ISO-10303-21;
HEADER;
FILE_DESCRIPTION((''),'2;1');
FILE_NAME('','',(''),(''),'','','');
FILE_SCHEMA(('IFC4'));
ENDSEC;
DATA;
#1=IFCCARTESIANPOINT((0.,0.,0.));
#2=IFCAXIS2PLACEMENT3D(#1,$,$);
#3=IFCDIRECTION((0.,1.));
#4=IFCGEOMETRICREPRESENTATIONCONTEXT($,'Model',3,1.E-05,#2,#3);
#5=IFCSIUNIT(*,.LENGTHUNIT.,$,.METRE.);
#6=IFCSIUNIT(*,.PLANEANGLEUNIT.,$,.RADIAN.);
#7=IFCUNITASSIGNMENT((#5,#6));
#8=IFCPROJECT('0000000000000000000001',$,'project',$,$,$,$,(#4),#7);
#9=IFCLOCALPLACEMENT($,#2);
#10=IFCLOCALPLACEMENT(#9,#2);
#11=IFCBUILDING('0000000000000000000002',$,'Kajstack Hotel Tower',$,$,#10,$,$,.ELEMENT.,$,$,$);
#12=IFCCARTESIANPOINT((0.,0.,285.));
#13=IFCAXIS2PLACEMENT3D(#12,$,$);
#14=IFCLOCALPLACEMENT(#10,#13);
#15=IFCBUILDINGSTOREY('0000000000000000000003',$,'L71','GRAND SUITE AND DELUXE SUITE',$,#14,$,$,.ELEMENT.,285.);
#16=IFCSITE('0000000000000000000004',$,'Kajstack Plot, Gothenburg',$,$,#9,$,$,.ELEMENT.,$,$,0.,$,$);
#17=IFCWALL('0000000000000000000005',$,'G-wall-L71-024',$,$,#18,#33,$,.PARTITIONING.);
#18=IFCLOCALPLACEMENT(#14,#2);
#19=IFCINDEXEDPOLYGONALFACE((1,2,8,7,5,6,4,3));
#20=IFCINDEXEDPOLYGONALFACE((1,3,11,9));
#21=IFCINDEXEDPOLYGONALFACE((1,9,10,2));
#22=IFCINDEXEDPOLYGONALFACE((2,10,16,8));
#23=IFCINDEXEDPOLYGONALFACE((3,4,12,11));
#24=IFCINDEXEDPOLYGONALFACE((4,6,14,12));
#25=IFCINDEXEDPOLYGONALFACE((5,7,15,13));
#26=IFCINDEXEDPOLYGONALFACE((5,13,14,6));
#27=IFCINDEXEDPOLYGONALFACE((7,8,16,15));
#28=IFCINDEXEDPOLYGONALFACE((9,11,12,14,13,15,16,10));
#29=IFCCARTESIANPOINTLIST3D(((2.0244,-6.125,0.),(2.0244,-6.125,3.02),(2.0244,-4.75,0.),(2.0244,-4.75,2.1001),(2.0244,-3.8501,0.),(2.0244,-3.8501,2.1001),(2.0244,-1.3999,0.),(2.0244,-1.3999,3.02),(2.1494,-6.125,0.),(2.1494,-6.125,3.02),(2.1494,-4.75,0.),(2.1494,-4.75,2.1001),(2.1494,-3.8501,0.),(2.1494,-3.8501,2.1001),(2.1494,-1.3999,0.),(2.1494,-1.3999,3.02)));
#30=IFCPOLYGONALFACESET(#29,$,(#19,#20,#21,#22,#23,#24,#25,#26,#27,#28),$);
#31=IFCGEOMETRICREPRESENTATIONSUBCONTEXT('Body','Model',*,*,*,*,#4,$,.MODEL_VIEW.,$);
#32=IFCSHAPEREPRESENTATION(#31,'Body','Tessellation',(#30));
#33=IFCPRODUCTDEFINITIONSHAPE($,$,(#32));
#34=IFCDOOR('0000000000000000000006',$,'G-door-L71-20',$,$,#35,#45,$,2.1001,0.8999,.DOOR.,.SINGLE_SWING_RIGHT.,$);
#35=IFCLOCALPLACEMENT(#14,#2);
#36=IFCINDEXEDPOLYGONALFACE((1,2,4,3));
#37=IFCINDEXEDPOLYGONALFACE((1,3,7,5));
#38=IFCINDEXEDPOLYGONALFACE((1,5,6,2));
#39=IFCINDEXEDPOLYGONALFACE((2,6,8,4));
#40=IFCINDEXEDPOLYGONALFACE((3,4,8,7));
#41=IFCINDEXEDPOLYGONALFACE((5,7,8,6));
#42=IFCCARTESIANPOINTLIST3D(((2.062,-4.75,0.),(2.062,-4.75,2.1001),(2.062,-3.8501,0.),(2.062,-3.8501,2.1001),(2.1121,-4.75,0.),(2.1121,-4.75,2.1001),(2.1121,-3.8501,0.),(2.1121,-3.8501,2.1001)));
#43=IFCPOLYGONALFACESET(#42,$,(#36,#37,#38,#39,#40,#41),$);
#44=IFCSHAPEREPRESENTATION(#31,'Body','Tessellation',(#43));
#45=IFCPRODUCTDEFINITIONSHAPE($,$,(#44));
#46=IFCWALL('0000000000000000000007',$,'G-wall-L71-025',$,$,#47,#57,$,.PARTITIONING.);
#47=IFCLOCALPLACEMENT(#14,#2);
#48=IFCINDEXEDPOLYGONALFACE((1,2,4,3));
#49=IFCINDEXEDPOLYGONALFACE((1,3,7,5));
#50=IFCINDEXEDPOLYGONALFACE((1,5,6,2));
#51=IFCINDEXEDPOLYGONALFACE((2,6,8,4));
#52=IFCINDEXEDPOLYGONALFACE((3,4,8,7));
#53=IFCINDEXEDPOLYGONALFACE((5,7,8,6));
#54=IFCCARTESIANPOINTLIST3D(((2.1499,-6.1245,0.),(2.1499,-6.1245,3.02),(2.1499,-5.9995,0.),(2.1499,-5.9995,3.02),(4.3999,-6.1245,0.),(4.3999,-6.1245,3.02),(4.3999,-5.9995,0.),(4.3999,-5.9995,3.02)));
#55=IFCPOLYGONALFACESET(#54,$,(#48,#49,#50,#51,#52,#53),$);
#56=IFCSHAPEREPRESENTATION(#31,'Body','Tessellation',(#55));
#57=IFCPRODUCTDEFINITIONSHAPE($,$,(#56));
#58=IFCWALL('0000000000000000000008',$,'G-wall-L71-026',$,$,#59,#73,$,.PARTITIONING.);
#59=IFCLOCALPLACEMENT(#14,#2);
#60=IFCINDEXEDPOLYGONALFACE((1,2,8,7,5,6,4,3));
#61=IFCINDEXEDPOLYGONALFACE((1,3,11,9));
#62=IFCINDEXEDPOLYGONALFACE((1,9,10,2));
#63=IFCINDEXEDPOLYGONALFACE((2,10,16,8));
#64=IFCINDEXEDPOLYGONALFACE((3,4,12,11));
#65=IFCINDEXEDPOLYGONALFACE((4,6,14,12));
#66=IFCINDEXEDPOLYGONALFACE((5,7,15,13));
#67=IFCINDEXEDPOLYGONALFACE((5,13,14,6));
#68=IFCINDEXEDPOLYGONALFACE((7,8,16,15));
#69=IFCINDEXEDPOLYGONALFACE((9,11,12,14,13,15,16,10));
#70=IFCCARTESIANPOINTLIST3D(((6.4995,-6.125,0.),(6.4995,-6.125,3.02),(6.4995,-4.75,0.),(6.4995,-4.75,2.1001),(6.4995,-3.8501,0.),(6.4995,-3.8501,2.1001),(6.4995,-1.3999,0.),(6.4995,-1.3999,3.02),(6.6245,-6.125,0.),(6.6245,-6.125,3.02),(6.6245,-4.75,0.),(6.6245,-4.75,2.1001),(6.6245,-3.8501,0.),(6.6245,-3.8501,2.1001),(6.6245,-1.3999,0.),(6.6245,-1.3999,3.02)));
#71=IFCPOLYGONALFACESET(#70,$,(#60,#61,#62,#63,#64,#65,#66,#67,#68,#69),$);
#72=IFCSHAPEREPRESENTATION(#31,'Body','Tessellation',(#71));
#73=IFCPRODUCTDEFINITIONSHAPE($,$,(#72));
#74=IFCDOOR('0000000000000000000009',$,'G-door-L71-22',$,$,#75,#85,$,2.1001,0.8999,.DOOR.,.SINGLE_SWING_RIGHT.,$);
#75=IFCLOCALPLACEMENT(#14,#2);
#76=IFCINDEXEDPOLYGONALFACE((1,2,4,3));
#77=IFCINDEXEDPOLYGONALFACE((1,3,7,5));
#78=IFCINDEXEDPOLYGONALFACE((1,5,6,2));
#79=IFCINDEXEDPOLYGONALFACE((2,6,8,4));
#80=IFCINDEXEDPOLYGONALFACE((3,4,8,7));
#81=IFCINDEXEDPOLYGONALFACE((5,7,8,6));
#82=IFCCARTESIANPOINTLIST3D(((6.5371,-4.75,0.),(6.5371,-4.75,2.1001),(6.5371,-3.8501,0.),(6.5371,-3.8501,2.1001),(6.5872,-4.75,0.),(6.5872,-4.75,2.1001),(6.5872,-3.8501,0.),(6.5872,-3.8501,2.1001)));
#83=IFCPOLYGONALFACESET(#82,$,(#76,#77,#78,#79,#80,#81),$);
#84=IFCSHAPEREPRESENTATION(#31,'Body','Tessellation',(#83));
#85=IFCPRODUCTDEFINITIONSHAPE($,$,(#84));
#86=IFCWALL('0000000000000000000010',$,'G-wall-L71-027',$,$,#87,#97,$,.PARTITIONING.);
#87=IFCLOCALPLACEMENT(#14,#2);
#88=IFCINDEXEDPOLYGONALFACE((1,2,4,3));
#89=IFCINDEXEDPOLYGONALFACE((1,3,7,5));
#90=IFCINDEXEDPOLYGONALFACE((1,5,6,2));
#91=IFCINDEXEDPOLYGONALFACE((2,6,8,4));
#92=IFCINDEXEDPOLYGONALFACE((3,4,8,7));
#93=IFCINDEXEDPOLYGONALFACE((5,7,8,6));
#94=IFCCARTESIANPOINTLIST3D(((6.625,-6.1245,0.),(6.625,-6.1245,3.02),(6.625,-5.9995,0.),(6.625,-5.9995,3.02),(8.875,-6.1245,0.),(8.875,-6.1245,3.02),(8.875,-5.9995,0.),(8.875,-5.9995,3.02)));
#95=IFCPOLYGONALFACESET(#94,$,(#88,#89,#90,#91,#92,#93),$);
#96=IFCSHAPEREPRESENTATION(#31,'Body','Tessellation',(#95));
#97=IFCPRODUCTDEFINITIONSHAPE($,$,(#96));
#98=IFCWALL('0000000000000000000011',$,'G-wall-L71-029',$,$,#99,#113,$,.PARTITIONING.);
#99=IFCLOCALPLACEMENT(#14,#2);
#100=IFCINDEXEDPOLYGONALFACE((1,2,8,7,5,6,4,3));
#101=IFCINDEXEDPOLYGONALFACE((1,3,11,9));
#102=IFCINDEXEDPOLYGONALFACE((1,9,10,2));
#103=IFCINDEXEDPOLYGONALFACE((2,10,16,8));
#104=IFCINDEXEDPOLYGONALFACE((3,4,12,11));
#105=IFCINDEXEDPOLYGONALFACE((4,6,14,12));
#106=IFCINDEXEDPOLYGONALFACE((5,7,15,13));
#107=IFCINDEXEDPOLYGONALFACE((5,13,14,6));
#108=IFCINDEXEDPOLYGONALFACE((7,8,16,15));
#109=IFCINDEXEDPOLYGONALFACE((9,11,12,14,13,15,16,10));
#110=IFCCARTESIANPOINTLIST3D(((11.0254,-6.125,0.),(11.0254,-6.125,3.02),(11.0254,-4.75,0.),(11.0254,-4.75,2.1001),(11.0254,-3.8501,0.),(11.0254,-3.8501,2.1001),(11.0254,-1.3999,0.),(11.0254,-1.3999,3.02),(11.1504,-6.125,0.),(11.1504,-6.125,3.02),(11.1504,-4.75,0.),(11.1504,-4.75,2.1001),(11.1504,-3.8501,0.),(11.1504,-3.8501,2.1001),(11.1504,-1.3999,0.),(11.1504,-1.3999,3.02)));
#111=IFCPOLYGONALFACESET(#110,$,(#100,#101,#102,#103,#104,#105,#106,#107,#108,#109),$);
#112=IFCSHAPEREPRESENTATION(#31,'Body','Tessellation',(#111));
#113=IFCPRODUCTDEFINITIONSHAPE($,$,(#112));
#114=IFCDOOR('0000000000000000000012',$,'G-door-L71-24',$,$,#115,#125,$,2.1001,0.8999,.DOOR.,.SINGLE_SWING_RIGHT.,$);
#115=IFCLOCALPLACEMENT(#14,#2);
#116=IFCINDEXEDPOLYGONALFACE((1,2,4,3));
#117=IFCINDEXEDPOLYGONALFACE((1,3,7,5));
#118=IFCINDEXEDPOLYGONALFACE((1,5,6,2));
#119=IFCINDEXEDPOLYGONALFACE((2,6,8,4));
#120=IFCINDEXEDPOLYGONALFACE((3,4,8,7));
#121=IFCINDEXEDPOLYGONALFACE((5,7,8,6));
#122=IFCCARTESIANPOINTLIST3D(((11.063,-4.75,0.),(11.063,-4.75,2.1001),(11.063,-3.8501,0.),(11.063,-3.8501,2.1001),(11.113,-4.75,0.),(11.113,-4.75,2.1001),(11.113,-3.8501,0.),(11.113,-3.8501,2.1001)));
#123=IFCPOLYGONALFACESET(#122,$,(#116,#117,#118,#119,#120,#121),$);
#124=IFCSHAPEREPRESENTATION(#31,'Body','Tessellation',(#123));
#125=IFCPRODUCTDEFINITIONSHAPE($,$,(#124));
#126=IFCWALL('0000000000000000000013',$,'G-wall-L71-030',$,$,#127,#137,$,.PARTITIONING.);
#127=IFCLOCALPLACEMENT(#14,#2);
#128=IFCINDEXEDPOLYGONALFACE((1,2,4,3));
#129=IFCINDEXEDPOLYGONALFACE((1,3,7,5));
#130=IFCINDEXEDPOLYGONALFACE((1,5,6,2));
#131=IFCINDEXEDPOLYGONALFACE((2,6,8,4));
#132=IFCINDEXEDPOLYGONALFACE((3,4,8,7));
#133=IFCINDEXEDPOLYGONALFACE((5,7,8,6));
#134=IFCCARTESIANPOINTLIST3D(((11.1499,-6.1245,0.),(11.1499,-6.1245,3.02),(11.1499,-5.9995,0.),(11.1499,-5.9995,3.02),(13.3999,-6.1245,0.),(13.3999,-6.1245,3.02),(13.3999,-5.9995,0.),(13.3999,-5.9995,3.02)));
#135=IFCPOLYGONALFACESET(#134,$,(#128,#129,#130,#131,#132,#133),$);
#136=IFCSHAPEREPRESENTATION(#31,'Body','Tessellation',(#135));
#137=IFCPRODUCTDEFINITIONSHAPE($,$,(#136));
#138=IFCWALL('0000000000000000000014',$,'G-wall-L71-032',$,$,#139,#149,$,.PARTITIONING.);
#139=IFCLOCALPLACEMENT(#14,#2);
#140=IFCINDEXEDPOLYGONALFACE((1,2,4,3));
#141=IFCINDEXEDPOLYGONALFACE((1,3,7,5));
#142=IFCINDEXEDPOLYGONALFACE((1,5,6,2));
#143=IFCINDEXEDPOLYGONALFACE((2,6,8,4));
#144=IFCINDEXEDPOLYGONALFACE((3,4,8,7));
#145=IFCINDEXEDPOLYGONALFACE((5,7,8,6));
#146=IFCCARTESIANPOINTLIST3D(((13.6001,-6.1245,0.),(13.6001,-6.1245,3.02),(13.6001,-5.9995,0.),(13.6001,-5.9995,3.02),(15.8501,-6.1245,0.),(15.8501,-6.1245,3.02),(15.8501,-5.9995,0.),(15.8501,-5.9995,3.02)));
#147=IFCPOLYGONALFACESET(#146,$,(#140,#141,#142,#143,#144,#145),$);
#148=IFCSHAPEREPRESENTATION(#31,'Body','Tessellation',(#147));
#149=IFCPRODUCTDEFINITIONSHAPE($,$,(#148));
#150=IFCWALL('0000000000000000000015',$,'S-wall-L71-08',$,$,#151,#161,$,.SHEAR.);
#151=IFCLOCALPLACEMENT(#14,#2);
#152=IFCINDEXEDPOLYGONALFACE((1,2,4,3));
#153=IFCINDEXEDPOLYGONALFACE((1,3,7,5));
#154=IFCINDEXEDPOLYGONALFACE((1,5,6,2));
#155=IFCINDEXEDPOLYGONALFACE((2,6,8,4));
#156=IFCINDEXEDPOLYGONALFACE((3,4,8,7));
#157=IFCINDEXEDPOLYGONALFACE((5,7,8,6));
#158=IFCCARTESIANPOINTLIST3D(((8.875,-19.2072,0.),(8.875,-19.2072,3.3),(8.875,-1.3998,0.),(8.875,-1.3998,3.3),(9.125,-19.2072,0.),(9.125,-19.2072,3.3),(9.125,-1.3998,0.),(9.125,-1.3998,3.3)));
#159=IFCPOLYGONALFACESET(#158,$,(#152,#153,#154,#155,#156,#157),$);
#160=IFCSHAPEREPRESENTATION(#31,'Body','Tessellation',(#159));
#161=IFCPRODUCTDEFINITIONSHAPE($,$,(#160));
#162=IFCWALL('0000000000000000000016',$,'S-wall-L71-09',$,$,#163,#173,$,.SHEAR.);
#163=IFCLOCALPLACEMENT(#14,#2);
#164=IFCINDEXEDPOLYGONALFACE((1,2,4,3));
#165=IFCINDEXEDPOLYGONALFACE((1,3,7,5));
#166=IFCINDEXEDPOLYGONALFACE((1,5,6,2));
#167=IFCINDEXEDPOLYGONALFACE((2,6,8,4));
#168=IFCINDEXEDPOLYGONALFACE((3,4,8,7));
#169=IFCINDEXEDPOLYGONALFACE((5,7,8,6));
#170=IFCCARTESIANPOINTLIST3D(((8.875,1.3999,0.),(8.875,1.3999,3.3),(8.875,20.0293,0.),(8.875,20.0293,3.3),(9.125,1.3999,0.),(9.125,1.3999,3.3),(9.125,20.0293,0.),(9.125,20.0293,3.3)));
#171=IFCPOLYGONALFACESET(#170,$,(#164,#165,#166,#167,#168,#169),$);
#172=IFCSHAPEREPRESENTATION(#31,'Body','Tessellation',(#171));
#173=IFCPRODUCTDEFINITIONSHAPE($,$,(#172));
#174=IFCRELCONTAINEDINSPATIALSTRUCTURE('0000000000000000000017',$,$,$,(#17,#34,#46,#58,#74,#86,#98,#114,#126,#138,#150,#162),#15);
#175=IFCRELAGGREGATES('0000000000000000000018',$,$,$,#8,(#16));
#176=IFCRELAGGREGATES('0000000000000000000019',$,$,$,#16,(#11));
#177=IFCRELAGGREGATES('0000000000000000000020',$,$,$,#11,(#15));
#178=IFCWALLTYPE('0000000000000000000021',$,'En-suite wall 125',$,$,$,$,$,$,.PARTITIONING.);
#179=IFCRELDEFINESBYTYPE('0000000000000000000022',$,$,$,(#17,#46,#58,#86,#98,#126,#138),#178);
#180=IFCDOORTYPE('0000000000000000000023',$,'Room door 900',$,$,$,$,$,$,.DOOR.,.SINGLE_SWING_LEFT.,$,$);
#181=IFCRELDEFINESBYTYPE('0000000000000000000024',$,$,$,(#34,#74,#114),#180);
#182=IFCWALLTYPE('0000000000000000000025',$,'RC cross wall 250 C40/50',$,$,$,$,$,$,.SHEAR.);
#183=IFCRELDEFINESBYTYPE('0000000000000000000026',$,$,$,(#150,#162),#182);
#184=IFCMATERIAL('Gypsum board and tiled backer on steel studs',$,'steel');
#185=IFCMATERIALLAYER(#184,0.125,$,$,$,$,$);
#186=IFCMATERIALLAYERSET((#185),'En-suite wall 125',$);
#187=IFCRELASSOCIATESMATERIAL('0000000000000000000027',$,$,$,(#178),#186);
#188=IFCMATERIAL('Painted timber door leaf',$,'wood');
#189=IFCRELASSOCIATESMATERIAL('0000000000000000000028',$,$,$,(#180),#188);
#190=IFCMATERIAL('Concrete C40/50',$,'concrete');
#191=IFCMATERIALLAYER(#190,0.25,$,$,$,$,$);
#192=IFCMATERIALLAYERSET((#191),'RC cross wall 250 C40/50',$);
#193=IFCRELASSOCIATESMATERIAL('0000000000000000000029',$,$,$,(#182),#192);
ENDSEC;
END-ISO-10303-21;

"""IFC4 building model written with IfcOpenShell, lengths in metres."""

from ifc_helpers import new_model, si_unit, direction, frame, frame_2d, origin, place, context, subcontext, project, spatial, rectangle, extrude, material, layer, layer_set, type_object, element, fill, save


model = new_model("IFC4")

# Units and contexts
model_context = context("Model", 3, precision=1e-05, world=origin(), true_north=direction((0.0, 1.0)))
body_context = subcontext(model_context, "Body", "Model", "MODEL_VIEW")
ifc_project = project(units=[si_unit("LENGTHUNIT", "METRE"), si_unit("PLANEANGLEUNIT", "RADIAN")], contexts=[model_context])

# Site, building, storey
site_placement = place(None, origin())
site = spatial("IfcSite", under=ifc_project, at=site_placement, Name="Kajstack Plot, Gothenburg", CompositionType="ELEMENT", RefElevation=0.0)
building_placement = place(site_placement, origin())
building = spatial("IfcBuilding", under=site, at=building_placement, Name="Kajstack Hotel Tower", CompositionType="ELEMENT")
storey_placement = place(building_placement, frame((0.0, 0.0, 285.0)))
storey = spatial("IfcBuildingStorey", under=building, at=storey_placement, Name="L71", Description="GRAND SUITE AND DELUXE SUITE", CompositionType="ELEMENT", Elevation=285.0)

# Shared definitions
ifc_material_1 = material(Name="Concrete C40/50", Category="concrete")

# Wall, opening, door
ifc_material_2 = material(Name="Gypsum board and tiled backer on steel studs", Category="steel")
ifc_layer_1 = layer(ifc_material_2, 0.125)
ifc_layer_set_1 = layer_set([ifc_layer_1], Name="En-suite wall 125")
wall_type_1 = type_object("IfcWallType", Name="En-suite wall 125", PredefinedType="PARTITIONING", material=ifc_layer_set_1)
ifc_material_3 = material(Name="Painted timber door leaf", Category="wood")
door_type_1 = type_object("IfcDoorType", Name="Room door 900", OperationType="SINGLE_SWING_LEFT", PredefinedType="DOOR", material=ifc_material_3)
wall_1_placement = place(storey_placement, frame((2.0869, -6.125, 0.0), z_axis=(0.0, 0.0, 1.0), x_axis=(0.0, 1.0, 0.0)))
wall_1 = element("IfcWall", 1, at=wall_1_placement, inside=storey, type_object=wall_type_1, Name="G-wall-L71-024", PredefinedType="PARTITIONING", context=body_context, shape_type="SweptSolid", body=[
    extrude(rectangle(XDim=4.7251, YDim=0.125, at=frame_2d((2.3625, 0.0))), origin(), (0.0, 0.0, 1.0), 3.02),
])
opening_1_placement = place(wall_1_placement, frame((1.375, 0.0, 0.0)))
opening_1 = element("IfcOpeningElement", 2, at=opening_1_placement, cuts=wall_1, PredefinedType="OPENING", context=body_context, shape_type="SweptSolid", body=[
    extrude(rectangle(XDim=0.8999, YDim=2.1001, at=frame_2d((0.45, 1.05))), frame((0.0, 0.0725, 0.0), z_axis=(0.0, -1.0, 0.0), x_axis=(1.0, 0.0, 0.0)), (0.0, 0.0, 1.0), 0.145),
])
door_1_placement = place(opening_1_placement, origin())
door_1 = element("IfcDoor", 3, at=door_1_placement, inside=storey, type_object=door_type_1, Name="G-door-L71-20", OperationType="SINGLE_SWING_RIGHT", OverallHeight=2.1001, OverallWidth=0.8999, PredefinedType="DOOR", context=body_context, shape_type="SweptSolid", body=[
    extrude(rectangle(XDim=0.8999, YDim=2.1001, at=frame_2d((0.45, 1.05))), frame((0.0, 0.0249, 0.0), z_axis=(0.0, -1.0, 0.0), x_axis=(1.0, 0.0, 0.0)), (0.0, 0.0, 1.0), 0.05),
])
fill(opening_1, door_1)

# Wall
wall_2_placement = place(storey_placement, frame((2.1499, -6.062, 0.0), z_axis=(0.0, 0.0, 1.0), x_axis=(1.0, 0.0, 0.0)))
element("IfcWall", 4, at=wall_2_placement, inside=storey, type_object=wall_type_1, Name="G-wall-L71-025", PredefinedType="PARTITIONING", context=body_context, shape_type="SweptSolid", body=[
    extrude(rectangle(XDim=2.25, YDim=0.125, at=frame_2d((1.125, 0.0))), origin(), (0.0, 0.0, 1.0), 3.02),
])

# Wall, opening, door
wall_3_placement = place(storey_placement, frame((6.562, -6.125, 0.0), z_axis=(0.0, 0.0, 1.0), x_axis=(0.0, 1.0, 0.0)))
wall_3 = element("IfcWall", 5, at=wall_3_placement, inside=storey, type_object=wall_type_1, Name="G-wall-L71-026", PredefinedType="PARTITIONING", context=body_context, shape_type="SweptSolid", body=[
    extrude(rectangle(XDim=4.7251, YDim=0.125, at=frame_2d((2.3625, 0.0))), origin(), (0.0, 0.0, 1.0), 3.02),
])
opening_2_placement = place(wall_3_placement, frame((1.375, 0.0, 0.0)))
opening_2 = element("IfcOpeningElement", 6, at=opening_2_placement, cuts=wall_3, PredefinedType="OPENING", context=body_context, shape_type="SweptSolid", body=[
    extrude(rectangle(XDim=0.8999, YDim=2.1001, at=frame_2d((0.45, 1.05))), frame((0.0, 0.0725, 0.0), z_axis=(0.0, -1.0, 0.0), x_axis=(1.0, 0.0, 0.0)), (0.0, 0.0, 1.0), 0.145),
])
door_2_placement = place(opening_2_placement, origin())
door_2 = element("IfcDoor", 7, at=door_2_placement, inside=storey, type_object=door_type_1, Name="G-door-L71-22", OperationType="SINGLE_SWING_RIGHT", OverallHeight=2.1001, OverallWidth=0.8999, PredefinedType="DOOR", context=body_context, shape_type="SweptSolid", body=[
    extrude(rectangle(XDim=0.8999, YDim=2.1001, at=frame_2d((0.45, 1.05))), frame((0.0, 0.0249, 0.0), z_axis=(0.0, -1.0, 0.0), x_axis=(1.0, 0.0, 0.0)), (0.0, 0.0, 1.0), 0.05),
])
fill(opening_2, door_2)

# Wall
wall_4_placement = place(storey_placement, frame((6.625, -6.062, 0.0), z_axis=(0.0, 0.0, 1.0), x_axis=(1.0, 0.0, 0.0)))
element("IfcWall", 8, at=wall_4_placement, inside=storey, type_object=wall_type_1, Name="G-wall-L71-027", PredefinedType="PARTITIONING", context=body_context, shape_type="SweptSolid", body=[
    extrude(rectangle(XDim=2.25, YDim=0.125, at=frame_2d((1.125, 0.0))), origin(), (0.0, 0.0, 1.0), 3.02),
])

# Wall, opening, door
wall_5_placement = place(storey_placement, frame((11.0879, -6.125, 0.0), z_axis=(0.0, 0.0, 1.0), x_axis=(0.0, 1.0, 0.0)))
wall_5 = element("IfcWall", 9, at=wall_5_placement, inside=storey, type_object=wall_type_1, Name="G-wall-L71-029", PredefinedType="PARTITIONING", context=body_context, shape_type="SweptSolid", body=[
    extrude(rectangle(XDim=4.7251, YDim=0.125, at=frame_2d((2.3625, 0.0))), origin(), (0.0, 0.0, 1.0), 3.02),
])
opening_3_placement = place(wall_5_placement, frame((1.375, 0.0, 0.0)))
opening_3 = element("IfcOpeningElement", 10, at=opening_3_placement, cuts=wall_5, PredefinedType="OPENING", context=body_context, shape_type="SweptSolid", body=[
    extrude(rectangle(XDim=0.8999, YDim=2.1001, at=frame_2d((0.45, 1.05))), frame((0.0, 0.0725, 0.0), z_axis=(0.0, -1.0, 0.0), x_axis=(1.0, 0.0, 0.0)), (0.0, 0.0, 1.0), 0.145),
])
door_3_placement = place(opening_3_placement, origin())
door_3 = element("IfcDoor", 11, at=door_3_placement, inside=storey, type_object=door_type_1, Name="G-door-L71-24", OperationType="SINGLE_SWING_RIGHT", OverallHeight=2.1001, OverallWidth=0.8999, PredefinedType="DOOR", context=body_context, shape_type="SweptSolid", body=[
    extrude(rectangle(XDim=0.8999, YDim=2.1001, at=frame_2d((0.45, 1.05))), frame((0.0, 0.0249, 0.0), z_axis=(0.0, -1.0, 0.0), x_axis=(1.0, 0.0, 0.0)), (0.0, 0.0, 1.0), 0.05),
])
fill(opening_3, door_3)

# Walls
for number, where, z_axis, x_axis, name in (
    (12, (11.1499, -6.062, 0.0), (0.0, 0.0, 1.0), (1.0, 0.0, 0.0), "G-wall-L71-030"),
    (13, (13.6001, -6.062, 0.0), (0.0, 0.0, 1.0), (1.0, 0.0, 0.0), "G-wall-L71-032"),
):
    element("IfcWall", number, at=place(storey_placement, frame(where, z_axis=z_axis, x_axis=x_axis)), inside=storey, type_object=wall_type_1, Name=name, PredefinedType="PARTITIONING", context=body_context, shape_type="SweptSolid", body=[
        extrude(rectangle(XDim=2.25, YDim=0.125, at=frame_2d((1.125, 0.0))), origin(), (0.0, 0.0, 1.0), 3.02),
    ])
ifc_layer_2 = layer(ifc_material_1, 0.25)
ifc_layer_set_2 = layer_set([ifc_layer_2], Name="RC cross wall 250 C40/50")
wall_type_2 = type_object("IfcWallType", Name="RC cross wall 250 C40/50", PredefinedType="SHEAR", material=ifc_layer_set_2)
wall_6_placement = place(storey_placement, frame((9.0, -19.2073, 0.0), z_axis=(0.0, 0.0, 1.0), x_axis=(0.0, 1.0, 0.0)))
element("IfcWall", 14, at=wall_6_placement, inside=storey, type_object=wall_type_2, Name="S-wall-L71-08", PredefinedType="SHEAR", context=body_context, shape_type="SweptSolid", body=[
    extrude(rectangle(XDim=17.8074, YDim=0.25, at=frame_2d((8.9038, 0.0))), origin(), (0.0, 0.0, 1.0), 3.3),
])
wall_7_placement = place(storey_placement, frame((9.0, 1.3999, 0.0), z_axis=(0.0, 0.0, 1.0), x_axis=(0.0, 1.0, 0.0)))
element("IfcWall", 15, at=wall_7_placement, inside=storey, type_object=wall_type_2, Name="S-wall-L71-09", PredefinedType="SHEAR", context=body_context, shape_type="SweptSolid", body=[
    extrude(rectangle(XDim=18.6294, YDim=0.25, at=frame_2d((9.3147, 0.0))), origin(), (0.0, 0.0, 1.0), 3.3),
])

save(model, "model.ifc")
